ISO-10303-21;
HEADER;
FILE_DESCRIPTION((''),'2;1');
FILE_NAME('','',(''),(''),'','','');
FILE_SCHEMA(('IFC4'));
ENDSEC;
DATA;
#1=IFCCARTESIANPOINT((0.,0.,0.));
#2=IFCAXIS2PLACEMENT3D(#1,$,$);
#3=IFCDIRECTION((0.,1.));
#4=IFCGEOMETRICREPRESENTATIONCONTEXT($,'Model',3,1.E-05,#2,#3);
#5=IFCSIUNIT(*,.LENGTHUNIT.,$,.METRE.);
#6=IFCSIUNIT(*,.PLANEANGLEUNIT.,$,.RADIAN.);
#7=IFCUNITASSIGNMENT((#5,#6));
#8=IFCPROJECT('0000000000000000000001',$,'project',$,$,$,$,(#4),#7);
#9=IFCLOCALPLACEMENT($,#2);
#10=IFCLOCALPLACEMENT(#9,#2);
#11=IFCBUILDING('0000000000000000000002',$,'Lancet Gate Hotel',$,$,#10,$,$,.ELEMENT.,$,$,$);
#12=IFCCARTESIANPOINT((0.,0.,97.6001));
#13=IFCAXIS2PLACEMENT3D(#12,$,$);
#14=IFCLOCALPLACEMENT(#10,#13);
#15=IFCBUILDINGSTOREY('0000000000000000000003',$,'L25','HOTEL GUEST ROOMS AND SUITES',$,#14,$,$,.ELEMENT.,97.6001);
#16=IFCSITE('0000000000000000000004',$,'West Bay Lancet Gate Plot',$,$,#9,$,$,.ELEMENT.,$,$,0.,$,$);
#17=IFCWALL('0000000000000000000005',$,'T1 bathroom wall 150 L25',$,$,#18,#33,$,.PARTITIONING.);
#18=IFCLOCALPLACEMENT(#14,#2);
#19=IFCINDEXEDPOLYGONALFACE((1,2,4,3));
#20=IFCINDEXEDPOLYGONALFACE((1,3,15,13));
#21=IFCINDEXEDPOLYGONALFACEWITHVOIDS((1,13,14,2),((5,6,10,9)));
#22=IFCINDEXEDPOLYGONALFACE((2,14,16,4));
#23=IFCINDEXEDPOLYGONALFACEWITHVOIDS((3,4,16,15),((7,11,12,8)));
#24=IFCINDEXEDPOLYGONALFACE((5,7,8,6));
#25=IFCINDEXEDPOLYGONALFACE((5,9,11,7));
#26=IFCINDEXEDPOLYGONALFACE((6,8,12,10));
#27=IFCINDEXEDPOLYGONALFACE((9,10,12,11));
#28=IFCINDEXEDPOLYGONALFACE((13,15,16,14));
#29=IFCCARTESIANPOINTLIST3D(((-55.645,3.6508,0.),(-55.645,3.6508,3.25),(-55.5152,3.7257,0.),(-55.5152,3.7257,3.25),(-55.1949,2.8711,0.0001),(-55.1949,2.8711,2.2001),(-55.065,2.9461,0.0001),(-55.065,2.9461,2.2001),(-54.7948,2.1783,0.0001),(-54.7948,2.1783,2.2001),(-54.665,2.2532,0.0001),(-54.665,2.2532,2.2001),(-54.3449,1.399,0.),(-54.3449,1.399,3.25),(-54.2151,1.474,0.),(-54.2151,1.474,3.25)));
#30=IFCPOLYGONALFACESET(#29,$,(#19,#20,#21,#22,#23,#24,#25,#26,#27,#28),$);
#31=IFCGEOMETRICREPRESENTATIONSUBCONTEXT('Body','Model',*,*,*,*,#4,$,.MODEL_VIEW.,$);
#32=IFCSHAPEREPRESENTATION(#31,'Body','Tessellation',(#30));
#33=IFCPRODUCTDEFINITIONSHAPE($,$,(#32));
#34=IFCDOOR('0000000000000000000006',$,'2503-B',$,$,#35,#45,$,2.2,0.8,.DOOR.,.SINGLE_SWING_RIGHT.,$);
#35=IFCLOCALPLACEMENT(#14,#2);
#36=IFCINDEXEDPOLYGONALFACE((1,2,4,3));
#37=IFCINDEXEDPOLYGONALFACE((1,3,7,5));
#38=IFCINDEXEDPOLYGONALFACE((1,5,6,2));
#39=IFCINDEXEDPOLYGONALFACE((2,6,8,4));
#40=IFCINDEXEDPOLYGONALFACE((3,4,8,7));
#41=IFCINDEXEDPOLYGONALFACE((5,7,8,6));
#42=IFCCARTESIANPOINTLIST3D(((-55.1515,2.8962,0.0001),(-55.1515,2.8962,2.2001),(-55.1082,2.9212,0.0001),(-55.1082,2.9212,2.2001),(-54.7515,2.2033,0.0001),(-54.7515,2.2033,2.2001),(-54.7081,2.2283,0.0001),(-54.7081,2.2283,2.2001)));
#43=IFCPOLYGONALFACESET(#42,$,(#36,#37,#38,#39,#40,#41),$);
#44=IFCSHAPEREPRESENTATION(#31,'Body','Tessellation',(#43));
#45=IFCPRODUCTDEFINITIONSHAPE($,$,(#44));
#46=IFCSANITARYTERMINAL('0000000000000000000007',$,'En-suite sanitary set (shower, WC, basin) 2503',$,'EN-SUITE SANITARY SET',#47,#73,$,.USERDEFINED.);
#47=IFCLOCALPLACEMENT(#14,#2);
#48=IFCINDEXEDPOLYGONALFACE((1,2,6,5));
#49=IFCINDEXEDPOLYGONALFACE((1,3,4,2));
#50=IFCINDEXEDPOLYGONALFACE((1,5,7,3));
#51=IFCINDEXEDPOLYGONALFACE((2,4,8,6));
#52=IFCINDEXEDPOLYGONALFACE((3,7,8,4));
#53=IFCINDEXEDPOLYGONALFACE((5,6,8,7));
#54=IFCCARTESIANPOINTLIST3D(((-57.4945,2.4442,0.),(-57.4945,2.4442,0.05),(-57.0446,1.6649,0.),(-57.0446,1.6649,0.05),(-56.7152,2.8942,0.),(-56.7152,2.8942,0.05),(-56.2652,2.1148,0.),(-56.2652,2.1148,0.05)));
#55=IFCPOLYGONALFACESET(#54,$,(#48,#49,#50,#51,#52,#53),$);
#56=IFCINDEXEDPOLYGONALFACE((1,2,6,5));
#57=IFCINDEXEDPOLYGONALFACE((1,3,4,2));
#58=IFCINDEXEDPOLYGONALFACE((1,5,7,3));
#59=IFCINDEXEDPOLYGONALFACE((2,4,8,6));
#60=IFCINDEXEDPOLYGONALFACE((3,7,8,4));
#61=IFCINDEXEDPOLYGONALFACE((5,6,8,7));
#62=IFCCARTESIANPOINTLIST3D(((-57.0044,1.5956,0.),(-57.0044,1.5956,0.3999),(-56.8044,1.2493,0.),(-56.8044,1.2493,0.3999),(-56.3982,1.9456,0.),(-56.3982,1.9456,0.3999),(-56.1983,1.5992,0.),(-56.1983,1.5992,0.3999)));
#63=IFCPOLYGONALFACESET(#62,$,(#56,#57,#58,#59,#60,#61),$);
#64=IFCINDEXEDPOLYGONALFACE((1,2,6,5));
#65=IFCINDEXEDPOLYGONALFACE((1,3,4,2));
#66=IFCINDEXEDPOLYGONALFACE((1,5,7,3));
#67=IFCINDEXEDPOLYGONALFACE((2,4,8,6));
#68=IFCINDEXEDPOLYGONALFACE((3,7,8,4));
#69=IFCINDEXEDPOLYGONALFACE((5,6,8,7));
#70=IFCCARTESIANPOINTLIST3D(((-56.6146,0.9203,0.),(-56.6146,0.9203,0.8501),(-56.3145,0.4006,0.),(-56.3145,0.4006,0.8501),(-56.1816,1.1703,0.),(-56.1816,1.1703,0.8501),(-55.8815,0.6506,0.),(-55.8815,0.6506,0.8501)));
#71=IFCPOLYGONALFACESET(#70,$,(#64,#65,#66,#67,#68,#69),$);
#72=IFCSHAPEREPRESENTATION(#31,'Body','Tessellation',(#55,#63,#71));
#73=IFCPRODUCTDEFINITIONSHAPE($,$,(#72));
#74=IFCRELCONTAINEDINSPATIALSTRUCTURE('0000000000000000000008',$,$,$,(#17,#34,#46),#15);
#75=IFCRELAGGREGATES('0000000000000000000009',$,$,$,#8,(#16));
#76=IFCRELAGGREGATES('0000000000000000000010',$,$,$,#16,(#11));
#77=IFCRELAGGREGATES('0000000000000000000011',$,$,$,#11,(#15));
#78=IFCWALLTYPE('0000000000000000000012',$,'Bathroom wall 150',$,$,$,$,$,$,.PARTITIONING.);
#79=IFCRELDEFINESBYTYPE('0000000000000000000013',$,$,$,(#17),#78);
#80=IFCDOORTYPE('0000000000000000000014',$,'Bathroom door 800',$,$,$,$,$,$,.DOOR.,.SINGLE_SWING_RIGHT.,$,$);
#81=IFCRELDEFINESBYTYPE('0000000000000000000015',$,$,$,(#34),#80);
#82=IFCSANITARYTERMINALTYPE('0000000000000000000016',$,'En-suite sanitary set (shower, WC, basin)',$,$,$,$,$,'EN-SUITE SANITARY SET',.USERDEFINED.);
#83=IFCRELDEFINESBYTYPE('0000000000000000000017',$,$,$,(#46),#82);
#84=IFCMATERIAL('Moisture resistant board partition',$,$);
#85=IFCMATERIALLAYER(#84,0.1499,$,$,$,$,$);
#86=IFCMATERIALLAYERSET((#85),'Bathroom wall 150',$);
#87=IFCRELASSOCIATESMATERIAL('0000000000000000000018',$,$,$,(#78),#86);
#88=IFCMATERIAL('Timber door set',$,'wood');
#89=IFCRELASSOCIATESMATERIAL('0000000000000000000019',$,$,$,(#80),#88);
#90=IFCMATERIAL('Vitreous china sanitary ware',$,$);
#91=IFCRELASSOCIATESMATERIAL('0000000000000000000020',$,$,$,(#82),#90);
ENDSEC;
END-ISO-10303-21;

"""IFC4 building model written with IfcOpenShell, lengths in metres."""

from ifc_helpers import new_model, si_unit, direction, frame, frame_2d, origin, origin_2d, place, context, subcontext, project, spatial, rectangle, extrude, material, layer, layer_set, type_object, element, fill, save


model = new_model("IFC4")

# Units and contexts
model_context = context("Model", 3, precision=1e-05, world=origin(), true_north=direction((0.0, 1.0)))
body_context = subcontext(model_context, "Body", "Model", "MODEL_VIEW")
ifc_project = project(units=[si_unit("LENGTHUNIT", "METRE"), si_unit("PLANEANGLEUNIT", "RADIAN")], contexts=[model_context])

# Site, building, storey
site_placement = place(None, origin())
site = spatial("IfcSite", under=ifc_project, at=site_placement, Name="West Bay Lancet Gate Plot", CompositionType="ELEMENT", RefElevation=0.0)
building_placement = place(site_placement, origin())
building = spatial("IfcBuilding", under=site, at=building_placement, Name="Lancet Gate Hotel", CompositionType="ELEMENT")
storey_placement = place(building_placement, frame((0.0, 0.0, 97.6001)))
storey = spatial("IfcBuildingStorey", under=building, at=storey_placement, Name="L25", Description="HOTEL GUEST ROOMS AND SUITES", CompositionType="ELEMENT", Elevation=97.6001)

# Shared definitions
ifc_material_1 = material(Name="Moisture resistant board partition")
ifc_layer_1 = layer(ifc_material_1, 0.1499)
ifc_layer_set_1 = layer_set([ifc_layer_1], Name="Bathroom wall 150")
wall_type = type_object("IfcWallType", Name="Bathroom wall 150", PredefinedType="PARTITIONING", material=ifc_layer_set_1)

# Wall, opening, door
wall_1_placement = place(storey_placement, frame((-54.28, 1.4365, 0.0), z_axis=(0.0, 0.0, 1.0), x_axis=(-0.500007, 0.866021, 0.0)))
wall_1 = element("IfcWall", 1, at=wall_1_placement, inside=storey, type_object=wall_type, Name="T1 bathroom wall 150 L25", PredefinedType="PARTITIONING", context=body_context, shape_type="SweptSolid", body=[
    extrude(rectangle(XDim=2.6001, YDim=0.1499, at=frame_2d((1.3, 0.0))), origin(), (0.0, 0.0, 1.0), 3.25),
])
opening_placement = place(wall_1_placement, frame((0.8999, 0.0, 0.0)))
opening = element("IfcOpeningElement", 2, at=opening_placement, cuts=wall_1, PredefinedType="OPENING", context=body_context, shape_type="SweptSolid", body=[
    extrude(rectangle(XDim=0.8, YDim=2.2, at=frame_2d((0.3999, 1.1001))), frame((0.0, 0.085, 0.0), z_axis=(0.0, -1.0, 0.0), x_axis=(1.0, 0.0, 0.0)), (0.0, 0.0, 1.0), 0.1699),
])
ifc_material_2 = material(Name="Timber door set", Category="wood")
door_type = type_object("IfcDoorType", Name="Bathroom door 800", OperationType="SINGLE_SWING_RIGHT", PredefinedType="DOOR", material=ifc_material_2)
door_placement = place(opening_placement, origin())
door = element("IfcDoor", 3, at=door_placement, inside=storey, type_object=door_type, Name="2503-B", OperationType="SINGLE_SWING_RIGHT", OverallHeight=2.2, OverallWidth=0.8, PredefinedType="DOOR", context=body_context, shape_type="SweptSolid", body=[
    extrude(rectangle(XDim=0.8, YDim=2.2, at=frame_2d((0.3999, 1.1001))), frame((0.0, 0.0249, 0.0), z_axis=(0.0, -1.0, 0.0), x_axis=(1.0, 0.0, 0.0)), (0.0, 0.0, 1.0), 0.05),
])
fill(opening, door)

# Sanitary terminal
ifc_material_3 = material(Name="Vitreous china sanitary ware")
sanitary_terminal_type = type_object("IfcSanitaryTerminalType", Name="En-suite sanitary set (shower, WC, basin)", ElementType="EN-SUITE SANITARY SET", PredefinedType="USERDEFINED", material=ifc_material_3)
sanitary_terminal_placement = place(storey_placement, frame((-56.8799, 2.2795, 0.0), z_axis=(0.0, 0.0, 1.0), x_axis=(1.0, 0.0, 0.0)))
element("IfcSanitaryTerminal", 4, at=sanitary_terminal_placement, inside=storey, type_object=sanitary_terminal_type, Name="En-suite sanitary set (shower, WC, basin) 2503", ObjectType="EN-SUITE SANITARY SET", PredefinedType="USERDEFINED", context=body_context, shape_type="SweptSolid", body=[
    extrude(rectangle(XDim=0.8999, YDim=0.8999, at=origin_2d()), frame((0.0, 0.0, 0.0), z_axis=(0.0, 0.0, 1.0), x_axis=(-0.5, 0.866025, 0.0)), (0.0, 0.0, 1.0), 0.05),
    extrude(rectangle(XDim=0.3999, YDim=0.7, at=origin_2d()), frame((0.2786, -0.6821, 0.0), z_axis=(0.0, 0.0, 1.0), x_axis=(-0.5, 0.866025, 0.0)), (0.0, 0.0, 1.0), 0.3999),
    extrude(rectangle(XDim=0.6001, YDim=0.5, at=origin_2d()), frame((0.6318, -1.4941, 0.0), z_axis=(0.0, 0.0, 1.0), x_axis=(-0.5, 0.866025, 0.0)), (0.0, 0.0, 1.0), 0.8501),
])

save(model, "model.ifc")
